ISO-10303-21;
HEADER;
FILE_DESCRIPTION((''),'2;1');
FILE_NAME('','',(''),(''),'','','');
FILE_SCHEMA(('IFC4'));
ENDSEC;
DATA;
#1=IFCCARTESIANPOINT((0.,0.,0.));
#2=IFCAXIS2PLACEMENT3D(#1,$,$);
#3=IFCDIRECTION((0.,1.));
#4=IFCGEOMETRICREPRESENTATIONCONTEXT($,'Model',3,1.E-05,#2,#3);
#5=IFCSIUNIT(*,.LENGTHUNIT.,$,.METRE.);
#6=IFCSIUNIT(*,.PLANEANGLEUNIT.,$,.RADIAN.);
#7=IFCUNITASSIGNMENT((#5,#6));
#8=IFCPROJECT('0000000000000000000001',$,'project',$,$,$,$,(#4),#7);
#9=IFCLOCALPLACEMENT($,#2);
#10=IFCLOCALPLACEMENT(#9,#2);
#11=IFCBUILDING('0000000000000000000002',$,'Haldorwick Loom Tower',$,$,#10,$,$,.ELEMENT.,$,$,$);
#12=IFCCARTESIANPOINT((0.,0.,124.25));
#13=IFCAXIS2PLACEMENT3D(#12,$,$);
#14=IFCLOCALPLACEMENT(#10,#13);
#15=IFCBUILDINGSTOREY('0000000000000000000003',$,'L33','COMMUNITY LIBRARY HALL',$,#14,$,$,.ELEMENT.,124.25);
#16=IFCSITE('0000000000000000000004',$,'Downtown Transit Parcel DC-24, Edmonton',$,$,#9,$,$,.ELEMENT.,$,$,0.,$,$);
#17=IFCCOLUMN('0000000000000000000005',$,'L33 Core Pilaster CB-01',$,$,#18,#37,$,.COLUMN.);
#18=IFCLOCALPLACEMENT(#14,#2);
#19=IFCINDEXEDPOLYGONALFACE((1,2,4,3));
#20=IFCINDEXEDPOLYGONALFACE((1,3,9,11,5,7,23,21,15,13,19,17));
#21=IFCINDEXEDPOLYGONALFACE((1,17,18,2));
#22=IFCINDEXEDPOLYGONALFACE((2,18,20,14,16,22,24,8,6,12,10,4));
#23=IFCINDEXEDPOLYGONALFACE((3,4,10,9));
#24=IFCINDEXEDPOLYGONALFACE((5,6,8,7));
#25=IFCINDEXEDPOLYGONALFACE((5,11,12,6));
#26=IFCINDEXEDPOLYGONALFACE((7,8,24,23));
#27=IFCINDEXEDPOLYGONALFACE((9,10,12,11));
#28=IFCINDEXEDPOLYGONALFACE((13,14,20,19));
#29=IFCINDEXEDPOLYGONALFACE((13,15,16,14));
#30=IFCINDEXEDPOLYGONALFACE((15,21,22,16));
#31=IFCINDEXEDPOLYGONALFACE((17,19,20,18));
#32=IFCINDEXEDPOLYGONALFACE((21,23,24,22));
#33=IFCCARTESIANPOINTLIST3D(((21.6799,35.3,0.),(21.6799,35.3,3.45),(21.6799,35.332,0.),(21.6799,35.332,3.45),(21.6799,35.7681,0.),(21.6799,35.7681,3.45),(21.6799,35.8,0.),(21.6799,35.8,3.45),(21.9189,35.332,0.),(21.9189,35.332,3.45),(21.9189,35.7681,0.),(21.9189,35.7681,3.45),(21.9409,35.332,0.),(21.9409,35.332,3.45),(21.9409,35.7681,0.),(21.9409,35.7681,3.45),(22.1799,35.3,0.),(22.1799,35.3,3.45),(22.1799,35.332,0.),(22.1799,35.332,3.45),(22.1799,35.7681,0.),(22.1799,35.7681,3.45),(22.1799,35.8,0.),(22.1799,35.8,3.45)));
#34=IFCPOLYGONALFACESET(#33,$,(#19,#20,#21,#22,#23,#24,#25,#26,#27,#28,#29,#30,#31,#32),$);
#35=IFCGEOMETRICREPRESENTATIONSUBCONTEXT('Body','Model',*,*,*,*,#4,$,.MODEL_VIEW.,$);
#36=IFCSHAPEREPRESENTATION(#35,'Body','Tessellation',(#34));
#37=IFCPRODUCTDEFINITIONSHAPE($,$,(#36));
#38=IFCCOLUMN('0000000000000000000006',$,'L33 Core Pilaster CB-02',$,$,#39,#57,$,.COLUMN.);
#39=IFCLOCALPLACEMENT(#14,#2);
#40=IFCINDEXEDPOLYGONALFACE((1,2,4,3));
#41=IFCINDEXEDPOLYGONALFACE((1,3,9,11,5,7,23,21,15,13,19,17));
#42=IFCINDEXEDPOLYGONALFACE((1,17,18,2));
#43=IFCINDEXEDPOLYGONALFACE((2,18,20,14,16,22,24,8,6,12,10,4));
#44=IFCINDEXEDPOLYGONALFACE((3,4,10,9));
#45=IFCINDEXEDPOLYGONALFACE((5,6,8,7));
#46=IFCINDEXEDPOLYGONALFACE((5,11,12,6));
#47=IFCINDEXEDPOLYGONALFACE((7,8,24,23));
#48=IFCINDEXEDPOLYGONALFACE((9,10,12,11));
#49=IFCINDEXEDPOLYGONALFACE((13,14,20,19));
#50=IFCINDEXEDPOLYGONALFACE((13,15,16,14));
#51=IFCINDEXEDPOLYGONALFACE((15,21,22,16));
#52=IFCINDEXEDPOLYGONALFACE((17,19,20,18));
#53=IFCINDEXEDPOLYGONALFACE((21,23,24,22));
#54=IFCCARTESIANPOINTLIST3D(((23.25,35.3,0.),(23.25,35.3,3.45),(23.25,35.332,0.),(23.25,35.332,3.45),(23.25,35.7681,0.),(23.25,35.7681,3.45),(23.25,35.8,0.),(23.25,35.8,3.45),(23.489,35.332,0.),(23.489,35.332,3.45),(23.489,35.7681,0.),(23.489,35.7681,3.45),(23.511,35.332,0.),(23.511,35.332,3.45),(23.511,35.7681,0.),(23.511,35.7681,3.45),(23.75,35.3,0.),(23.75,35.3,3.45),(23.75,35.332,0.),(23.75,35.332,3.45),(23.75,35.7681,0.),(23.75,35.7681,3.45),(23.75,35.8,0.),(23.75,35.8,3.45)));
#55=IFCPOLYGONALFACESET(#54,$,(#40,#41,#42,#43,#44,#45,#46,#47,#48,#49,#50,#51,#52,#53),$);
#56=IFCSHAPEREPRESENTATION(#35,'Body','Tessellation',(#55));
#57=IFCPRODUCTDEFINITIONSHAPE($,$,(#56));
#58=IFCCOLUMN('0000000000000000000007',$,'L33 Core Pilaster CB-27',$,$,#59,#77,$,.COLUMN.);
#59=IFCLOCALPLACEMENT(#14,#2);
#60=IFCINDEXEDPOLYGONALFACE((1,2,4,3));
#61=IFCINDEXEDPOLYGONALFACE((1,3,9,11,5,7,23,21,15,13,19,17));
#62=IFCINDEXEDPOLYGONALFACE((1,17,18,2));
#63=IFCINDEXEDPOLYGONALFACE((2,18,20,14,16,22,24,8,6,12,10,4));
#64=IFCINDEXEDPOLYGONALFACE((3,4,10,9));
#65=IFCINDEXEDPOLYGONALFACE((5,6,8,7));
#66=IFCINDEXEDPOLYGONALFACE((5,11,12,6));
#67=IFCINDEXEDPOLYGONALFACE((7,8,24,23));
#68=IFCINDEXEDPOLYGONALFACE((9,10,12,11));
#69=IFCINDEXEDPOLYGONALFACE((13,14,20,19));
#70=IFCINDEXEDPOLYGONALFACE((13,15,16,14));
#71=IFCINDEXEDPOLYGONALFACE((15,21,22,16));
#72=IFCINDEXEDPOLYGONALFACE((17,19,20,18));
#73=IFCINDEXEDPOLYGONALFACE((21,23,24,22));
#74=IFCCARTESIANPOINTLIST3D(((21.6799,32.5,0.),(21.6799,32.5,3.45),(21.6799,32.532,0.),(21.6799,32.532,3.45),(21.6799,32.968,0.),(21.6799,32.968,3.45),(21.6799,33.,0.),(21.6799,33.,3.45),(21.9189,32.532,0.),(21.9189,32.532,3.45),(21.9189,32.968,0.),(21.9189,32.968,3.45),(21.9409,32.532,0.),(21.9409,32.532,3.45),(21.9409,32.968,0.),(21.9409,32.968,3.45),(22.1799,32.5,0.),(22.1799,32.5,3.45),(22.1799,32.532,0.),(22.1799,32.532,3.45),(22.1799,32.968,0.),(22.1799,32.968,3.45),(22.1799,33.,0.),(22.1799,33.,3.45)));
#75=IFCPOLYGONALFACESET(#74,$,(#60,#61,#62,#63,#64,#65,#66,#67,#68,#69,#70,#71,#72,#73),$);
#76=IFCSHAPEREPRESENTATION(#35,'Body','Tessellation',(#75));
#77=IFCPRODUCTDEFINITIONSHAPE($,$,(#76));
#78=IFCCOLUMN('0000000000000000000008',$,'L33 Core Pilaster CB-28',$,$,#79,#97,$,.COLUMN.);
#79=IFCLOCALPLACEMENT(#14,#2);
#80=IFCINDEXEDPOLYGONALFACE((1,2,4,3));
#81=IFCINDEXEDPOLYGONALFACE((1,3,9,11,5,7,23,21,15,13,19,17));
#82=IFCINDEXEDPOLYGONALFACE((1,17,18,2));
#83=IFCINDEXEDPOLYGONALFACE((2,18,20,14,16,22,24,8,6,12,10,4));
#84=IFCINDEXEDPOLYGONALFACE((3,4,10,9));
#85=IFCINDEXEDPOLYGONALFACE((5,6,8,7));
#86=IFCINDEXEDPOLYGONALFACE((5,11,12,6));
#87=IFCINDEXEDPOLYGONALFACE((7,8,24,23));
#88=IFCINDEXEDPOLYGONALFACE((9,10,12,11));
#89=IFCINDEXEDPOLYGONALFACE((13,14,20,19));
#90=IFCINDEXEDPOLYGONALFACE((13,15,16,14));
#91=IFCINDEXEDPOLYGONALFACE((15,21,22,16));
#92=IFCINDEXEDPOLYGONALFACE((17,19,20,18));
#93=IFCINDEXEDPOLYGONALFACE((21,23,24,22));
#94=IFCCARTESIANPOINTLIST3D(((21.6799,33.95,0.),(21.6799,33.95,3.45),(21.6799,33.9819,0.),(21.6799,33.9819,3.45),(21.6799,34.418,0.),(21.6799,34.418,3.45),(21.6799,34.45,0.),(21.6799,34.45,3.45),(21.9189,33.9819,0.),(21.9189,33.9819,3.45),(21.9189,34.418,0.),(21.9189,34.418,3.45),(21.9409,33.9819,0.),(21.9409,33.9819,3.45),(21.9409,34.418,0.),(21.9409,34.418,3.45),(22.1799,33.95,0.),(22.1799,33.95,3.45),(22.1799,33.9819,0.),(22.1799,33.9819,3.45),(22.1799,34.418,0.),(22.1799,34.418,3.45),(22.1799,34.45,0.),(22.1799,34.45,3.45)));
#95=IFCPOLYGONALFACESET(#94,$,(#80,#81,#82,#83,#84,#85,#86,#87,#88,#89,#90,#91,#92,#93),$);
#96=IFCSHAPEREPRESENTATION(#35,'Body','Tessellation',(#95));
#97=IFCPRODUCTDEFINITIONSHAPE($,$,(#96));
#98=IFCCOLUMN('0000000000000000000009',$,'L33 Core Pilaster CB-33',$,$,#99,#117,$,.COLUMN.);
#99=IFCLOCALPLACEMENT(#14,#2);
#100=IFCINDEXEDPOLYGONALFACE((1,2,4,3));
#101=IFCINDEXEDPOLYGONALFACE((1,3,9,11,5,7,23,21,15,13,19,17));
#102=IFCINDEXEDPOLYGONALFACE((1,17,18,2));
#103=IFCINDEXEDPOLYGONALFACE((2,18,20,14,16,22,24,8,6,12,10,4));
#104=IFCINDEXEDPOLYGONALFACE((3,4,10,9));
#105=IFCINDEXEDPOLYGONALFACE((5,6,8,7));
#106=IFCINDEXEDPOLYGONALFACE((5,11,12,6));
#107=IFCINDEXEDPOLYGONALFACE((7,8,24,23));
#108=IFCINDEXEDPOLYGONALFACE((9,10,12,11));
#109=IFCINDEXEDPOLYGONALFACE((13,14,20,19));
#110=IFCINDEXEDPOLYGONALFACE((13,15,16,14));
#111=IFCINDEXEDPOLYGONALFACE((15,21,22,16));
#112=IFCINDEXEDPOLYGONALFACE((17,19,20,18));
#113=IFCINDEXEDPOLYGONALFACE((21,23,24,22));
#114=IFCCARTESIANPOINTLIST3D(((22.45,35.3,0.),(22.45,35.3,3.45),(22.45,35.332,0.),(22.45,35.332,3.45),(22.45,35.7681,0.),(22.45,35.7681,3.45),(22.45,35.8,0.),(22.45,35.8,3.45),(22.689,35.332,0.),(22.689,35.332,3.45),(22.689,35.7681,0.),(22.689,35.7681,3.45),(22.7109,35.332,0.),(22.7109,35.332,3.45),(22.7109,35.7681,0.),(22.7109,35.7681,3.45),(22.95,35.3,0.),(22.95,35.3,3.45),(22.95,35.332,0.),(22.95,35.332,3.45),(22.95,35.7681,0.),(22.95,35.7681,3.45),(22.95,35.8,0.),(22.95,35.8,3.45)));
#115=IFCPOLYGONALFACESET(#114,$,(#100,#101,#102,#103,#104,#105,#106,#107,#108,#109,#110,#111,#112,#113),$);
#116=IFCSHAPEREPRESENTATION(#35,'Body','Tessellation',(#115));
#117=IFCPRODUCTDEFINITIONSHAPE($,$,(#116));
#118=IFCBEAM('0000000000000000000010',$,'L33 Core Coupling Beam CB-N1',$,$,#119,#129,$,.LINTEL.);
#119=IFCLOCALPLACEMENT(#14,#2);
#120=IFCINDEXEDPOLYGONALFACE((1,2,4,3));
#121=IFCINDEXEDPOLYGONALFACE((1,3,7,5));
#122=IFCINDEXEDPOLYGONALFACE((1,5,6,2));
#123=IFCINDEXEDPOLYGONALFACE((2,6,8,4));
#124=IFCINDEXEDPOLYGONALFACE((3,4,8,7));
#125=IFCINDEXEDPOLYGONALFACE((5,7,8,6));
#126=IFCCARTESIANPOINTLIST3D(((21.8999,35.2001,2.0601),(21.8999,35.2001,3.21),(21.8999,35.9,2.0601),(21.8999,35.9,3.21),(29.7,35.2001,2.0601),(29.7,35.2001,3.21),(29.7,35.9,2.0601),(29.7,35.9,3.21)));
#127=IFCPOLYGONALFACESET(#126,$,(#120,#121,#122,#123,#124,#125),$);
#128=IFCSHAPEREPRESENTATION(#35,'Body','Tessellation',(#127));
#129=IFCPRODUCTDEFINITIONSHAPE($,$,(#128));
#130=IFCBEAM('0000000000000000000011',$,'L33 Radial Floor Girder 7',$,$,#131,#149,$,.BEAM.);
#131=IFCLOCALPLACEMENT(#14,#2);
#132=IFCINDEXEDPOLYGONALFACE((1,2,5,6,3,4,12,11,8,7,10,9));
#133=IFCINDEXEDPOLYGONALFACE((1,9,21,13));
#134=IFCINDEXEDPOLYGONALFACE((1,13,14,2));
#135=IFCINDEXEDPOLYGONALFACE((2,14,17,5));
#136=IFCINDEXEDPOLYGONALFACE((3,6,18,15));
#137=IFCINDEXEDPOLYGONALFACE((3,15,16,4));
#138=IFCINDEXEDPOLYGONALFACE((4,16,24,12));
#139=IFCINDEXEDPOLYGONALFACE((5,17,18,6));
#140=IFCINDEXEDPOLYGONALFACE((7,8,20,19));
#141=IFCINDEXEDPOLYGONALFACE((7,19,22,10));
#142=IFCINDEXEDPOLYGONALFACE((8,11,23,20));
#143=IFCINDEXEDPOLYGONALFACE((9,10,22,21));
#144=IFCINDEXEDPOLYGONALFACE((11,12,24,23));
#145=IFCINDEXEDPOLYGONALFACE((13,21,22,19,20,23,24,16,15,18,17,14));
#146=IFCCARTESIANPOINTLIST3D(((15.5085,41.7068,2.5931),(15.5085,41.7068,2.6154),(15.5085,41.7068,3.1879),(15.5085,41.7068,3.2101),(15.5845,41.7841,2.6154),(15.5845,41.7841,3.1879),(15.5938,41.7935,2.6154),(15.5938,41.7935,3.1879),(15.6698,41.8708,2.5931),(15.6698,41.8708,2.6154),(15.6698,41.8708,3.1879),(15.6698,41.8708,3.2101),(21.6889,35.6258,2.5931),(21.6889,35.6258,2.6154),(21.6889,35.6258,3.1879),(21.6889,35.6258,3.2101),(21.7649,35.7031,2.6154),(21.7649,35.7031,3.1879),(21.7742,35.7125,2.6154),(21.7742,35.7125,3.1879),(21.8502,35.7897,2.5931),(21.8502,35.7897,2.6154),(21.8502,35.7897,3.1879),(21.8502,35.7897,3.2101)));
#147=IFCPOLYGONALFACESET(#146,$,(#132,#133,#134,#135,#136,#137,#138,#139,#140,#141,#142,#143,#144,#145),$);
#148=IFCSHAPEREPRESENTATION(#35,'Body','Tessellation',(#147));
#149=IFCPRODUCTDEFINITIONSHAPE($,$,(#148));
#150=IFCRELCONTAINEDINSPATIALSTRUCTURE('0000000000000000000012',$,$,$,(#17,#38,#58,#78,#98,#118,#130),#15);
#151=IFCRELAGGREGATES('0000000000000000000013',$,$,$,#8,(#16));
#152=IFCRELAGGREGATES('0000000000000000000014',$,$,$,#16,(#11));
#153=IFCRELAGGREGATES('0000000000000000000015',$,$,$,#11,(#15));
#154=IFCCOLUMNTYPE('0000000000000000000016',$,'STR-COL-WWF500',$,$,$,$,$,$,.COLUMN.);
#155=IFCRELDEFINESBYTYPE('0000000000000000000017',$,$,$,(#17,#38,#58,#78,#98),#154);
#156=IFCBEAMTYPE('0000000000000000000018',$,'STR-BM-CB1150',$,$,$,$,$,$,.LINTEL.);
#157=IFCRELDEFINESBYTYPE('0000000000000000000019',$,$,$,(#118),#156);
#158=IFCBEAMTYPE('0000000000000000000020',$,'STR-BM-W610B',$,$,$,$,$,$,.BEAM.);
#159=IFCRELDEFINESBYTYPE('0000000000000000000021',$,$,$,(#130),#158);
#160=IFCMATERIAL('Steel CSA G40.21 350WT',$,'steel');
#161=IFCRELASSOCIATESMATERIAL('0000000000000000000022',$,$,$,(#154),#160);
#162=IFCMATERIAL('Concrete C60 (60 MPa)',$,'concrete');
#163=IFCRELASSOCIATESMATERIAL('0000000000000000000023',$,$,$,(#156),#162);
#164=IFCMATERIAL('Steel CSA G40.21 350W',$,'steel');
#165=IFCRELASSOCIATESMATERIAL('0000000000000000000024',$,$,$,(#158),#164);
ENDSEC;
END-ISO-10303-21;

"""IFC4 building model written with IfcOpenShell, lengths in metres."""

from ifc_helpers import new_model, si_unit, direction, frame, origin, origin_2d, place, context, subcontext, project, spatial, rectangle, i_section, extrude, material, material_profile, profile_set, type_object, element, save


model = new_model("IFC4")

# Units and contexts
model_context = context("Model", 3, precision=1e-05, world=origin(), true_north=direction((0.0, 1.0)))
body_context = subcontext(model_context, "Body", "Model", "MODEL_VIEW")
ifc_project = project(units=[si_unit("LENGTHUNIT", "METRE"), si_unit("PLANEANGLEUNIT", "RADIAN")], contexts=[model_context])

# Site, building, storey
site_placement = place(None, origin())
site = spatial("IfcSite", under=ifc_project, at=site_placement, Name="Downtown Transit Parcel DC-24, Edmonton", CompositionType="ELEMENT", RefElevation=0.0)
building_placement = place(site_placement, origin())
building = spatial("IfcBuilding", under=site, at=building_placement, Name="Haldorwick Loom Tower", CompositionType="ELEMENT")
storey_placement = place(building_placement, frame((0.0, 0.0, 124.25)))
storey = spatial("IfcBuildingStorey", under=building, at=storey_placement, Name="L33", Description="COMMUNITY LIBRARY HALL", CompositionType="ELEMENT", Elevation=124.25)

# Columns
ifc_material_1 = material(Name="Steel CSA G40.21 350WT", Category="steel")
ifc_material_profile_1 = material_profile(ifc_material_1, i_section(OverallWidth=0.5, OverallDepth=0.5, WebThickness=0.022, FlangeThickness=0.032, at=origin_2d()), Name="WWF500X500", Category="steel")
ifc_profile_set_1 = profile_set([ifc_material_profile_1], Name="Steel CSA G40.21 350WT")
column_type = type_object("IfcColumnType", Name="STR-COL-WWF500", PredefinedType="COLUMN", material=ifc_profile_set_1)
for number, where, z_axis, x_axis, name in (
    (1, (21.9299, 35.55, 0.0), (0.0, 0.0, 1.0), (1.0, 0.0, 0.0), "L33 Core Pilaster CB-01"),
    (2, (23.5, 35.55, 0.0), (0.0, 0.0, 1.0), (1.0, 0.0, 0.0), "L33 Core Pilaster CB-02"),
    (3, (21.9299, 32.75, 0.0), (0.0, 0.0, 1.0), (1.0, 0.0, 0.0), "L33 Core Pilaster CB-27"),
    (4, (21.9299, 34.2, 0.0), (0.0, 0.0, 1.0), (1.0, 0.0, 0.0), "L33 Core Pilaster CB-28"),
    (5, (22.7, 35.55, 0.0), (0.0, 0.0, 1.0), (1.0, 0.0, 0.0), "L33 Core Pilaster CB-33"),
):
    element("IfcColumn", number, at=place(storey_placement, frame(where, z_axis=z_axis, x_axis=x_axis)), inside=storey, type_object=column_type, Name=name, PredefinedType="COLUMN", context=body_context, shape_type="SweptSolid", body=[
        extrude(i_section(OverallWidth=0.5, OverallDepth=0.5, WebThickness=0.022, FlangeThickness=0.032, at=origin_2d()), origin(), (0.0, 0.0, 1.0), 3.45),
    ])

# Beams
ifc_material_2 = material(Name="Concrete C60 (60 MPa)", Category="concrete")
ifc_material_profile_2 = material_profile(ifc_material_2, rectangle(XDim=0.7, YDim=1.1499, at=origin_2d()), Name="RC700X1150", Category="concrete")
ifc_profile_set_2 = profile_set([ifc_material_profile_2], Name="Concrete C60 (60 MPa)")
beam_type_1 = type_object("IfcBeamType", Name="STR-BM-CB1150", PredefinedType="LINTEL", material=ifc_profile_set_2)
beam_1_placement = place(storey_placement, frame((21.8999, 35.55, 2.635), z_axis=(1.0, 0.0, 0.0), x_axis=(0.0, 1.0, 0.0)))
element("IfcBeam", 6, at=beam_1_placement, inside=storey, type_object=beam_type_1, Name="L33 Core Coupling Beam CB-N1", PredefinedType="LINTEL", context=body_context, shape_type="SweptSolid", body=[
    extrude(rectangle(XDim=0.7, YDim=1.1499, at=origin_2d()), origin(), (0.0, 0.0, 1.0), 7.8),
])
ifc_material_3 = material(Name="Steel CSA G40.21 350W", Category="steel")
ifc_material_profile_3 = material_profile(ifc_material_3, i_section(OverallWidth=0.23, OverallDepth=0.6169, WebThickness=0.0132, FlangeThickness=0.0222, at=origin_2d()), Name="W610X140", Category="steel")
ifc_profile_set_3 = profile_set([ifc_material_profile_3], Name="Steel CSA G40.21 350W")
beam_type_2 = type_object("IfcBeamType", Name="STR-BM-W610B", PredefinedType="BEAM", material=ifc_profile_set_3)
beam_2_placement = place(storey_placement, frame((21.7695, 35.7078, 2.9016), z_axis=(-0.712814, 0.701353, 0.0), x_axis=(-0.701353, -0.712814, 0.0)))
element("IfcBeam", 7, at=beam_2_placement, inside=storey, type_object=beam_type_2, Name="L33 Radial Floor Girder 7", PredefinedType="BEAM", context=body_context, shape_type="SweptSolid", body=[
    extrude(i_section(OverallWidth=0.23, OverallDepth=0.6169, WebThickness=0.0132, FlangeThickness=0.0222, at=origin_2d()), origin(), (0.0, 0.0, 1.0), 8.6704),
])

save(model, "model.ifc")
